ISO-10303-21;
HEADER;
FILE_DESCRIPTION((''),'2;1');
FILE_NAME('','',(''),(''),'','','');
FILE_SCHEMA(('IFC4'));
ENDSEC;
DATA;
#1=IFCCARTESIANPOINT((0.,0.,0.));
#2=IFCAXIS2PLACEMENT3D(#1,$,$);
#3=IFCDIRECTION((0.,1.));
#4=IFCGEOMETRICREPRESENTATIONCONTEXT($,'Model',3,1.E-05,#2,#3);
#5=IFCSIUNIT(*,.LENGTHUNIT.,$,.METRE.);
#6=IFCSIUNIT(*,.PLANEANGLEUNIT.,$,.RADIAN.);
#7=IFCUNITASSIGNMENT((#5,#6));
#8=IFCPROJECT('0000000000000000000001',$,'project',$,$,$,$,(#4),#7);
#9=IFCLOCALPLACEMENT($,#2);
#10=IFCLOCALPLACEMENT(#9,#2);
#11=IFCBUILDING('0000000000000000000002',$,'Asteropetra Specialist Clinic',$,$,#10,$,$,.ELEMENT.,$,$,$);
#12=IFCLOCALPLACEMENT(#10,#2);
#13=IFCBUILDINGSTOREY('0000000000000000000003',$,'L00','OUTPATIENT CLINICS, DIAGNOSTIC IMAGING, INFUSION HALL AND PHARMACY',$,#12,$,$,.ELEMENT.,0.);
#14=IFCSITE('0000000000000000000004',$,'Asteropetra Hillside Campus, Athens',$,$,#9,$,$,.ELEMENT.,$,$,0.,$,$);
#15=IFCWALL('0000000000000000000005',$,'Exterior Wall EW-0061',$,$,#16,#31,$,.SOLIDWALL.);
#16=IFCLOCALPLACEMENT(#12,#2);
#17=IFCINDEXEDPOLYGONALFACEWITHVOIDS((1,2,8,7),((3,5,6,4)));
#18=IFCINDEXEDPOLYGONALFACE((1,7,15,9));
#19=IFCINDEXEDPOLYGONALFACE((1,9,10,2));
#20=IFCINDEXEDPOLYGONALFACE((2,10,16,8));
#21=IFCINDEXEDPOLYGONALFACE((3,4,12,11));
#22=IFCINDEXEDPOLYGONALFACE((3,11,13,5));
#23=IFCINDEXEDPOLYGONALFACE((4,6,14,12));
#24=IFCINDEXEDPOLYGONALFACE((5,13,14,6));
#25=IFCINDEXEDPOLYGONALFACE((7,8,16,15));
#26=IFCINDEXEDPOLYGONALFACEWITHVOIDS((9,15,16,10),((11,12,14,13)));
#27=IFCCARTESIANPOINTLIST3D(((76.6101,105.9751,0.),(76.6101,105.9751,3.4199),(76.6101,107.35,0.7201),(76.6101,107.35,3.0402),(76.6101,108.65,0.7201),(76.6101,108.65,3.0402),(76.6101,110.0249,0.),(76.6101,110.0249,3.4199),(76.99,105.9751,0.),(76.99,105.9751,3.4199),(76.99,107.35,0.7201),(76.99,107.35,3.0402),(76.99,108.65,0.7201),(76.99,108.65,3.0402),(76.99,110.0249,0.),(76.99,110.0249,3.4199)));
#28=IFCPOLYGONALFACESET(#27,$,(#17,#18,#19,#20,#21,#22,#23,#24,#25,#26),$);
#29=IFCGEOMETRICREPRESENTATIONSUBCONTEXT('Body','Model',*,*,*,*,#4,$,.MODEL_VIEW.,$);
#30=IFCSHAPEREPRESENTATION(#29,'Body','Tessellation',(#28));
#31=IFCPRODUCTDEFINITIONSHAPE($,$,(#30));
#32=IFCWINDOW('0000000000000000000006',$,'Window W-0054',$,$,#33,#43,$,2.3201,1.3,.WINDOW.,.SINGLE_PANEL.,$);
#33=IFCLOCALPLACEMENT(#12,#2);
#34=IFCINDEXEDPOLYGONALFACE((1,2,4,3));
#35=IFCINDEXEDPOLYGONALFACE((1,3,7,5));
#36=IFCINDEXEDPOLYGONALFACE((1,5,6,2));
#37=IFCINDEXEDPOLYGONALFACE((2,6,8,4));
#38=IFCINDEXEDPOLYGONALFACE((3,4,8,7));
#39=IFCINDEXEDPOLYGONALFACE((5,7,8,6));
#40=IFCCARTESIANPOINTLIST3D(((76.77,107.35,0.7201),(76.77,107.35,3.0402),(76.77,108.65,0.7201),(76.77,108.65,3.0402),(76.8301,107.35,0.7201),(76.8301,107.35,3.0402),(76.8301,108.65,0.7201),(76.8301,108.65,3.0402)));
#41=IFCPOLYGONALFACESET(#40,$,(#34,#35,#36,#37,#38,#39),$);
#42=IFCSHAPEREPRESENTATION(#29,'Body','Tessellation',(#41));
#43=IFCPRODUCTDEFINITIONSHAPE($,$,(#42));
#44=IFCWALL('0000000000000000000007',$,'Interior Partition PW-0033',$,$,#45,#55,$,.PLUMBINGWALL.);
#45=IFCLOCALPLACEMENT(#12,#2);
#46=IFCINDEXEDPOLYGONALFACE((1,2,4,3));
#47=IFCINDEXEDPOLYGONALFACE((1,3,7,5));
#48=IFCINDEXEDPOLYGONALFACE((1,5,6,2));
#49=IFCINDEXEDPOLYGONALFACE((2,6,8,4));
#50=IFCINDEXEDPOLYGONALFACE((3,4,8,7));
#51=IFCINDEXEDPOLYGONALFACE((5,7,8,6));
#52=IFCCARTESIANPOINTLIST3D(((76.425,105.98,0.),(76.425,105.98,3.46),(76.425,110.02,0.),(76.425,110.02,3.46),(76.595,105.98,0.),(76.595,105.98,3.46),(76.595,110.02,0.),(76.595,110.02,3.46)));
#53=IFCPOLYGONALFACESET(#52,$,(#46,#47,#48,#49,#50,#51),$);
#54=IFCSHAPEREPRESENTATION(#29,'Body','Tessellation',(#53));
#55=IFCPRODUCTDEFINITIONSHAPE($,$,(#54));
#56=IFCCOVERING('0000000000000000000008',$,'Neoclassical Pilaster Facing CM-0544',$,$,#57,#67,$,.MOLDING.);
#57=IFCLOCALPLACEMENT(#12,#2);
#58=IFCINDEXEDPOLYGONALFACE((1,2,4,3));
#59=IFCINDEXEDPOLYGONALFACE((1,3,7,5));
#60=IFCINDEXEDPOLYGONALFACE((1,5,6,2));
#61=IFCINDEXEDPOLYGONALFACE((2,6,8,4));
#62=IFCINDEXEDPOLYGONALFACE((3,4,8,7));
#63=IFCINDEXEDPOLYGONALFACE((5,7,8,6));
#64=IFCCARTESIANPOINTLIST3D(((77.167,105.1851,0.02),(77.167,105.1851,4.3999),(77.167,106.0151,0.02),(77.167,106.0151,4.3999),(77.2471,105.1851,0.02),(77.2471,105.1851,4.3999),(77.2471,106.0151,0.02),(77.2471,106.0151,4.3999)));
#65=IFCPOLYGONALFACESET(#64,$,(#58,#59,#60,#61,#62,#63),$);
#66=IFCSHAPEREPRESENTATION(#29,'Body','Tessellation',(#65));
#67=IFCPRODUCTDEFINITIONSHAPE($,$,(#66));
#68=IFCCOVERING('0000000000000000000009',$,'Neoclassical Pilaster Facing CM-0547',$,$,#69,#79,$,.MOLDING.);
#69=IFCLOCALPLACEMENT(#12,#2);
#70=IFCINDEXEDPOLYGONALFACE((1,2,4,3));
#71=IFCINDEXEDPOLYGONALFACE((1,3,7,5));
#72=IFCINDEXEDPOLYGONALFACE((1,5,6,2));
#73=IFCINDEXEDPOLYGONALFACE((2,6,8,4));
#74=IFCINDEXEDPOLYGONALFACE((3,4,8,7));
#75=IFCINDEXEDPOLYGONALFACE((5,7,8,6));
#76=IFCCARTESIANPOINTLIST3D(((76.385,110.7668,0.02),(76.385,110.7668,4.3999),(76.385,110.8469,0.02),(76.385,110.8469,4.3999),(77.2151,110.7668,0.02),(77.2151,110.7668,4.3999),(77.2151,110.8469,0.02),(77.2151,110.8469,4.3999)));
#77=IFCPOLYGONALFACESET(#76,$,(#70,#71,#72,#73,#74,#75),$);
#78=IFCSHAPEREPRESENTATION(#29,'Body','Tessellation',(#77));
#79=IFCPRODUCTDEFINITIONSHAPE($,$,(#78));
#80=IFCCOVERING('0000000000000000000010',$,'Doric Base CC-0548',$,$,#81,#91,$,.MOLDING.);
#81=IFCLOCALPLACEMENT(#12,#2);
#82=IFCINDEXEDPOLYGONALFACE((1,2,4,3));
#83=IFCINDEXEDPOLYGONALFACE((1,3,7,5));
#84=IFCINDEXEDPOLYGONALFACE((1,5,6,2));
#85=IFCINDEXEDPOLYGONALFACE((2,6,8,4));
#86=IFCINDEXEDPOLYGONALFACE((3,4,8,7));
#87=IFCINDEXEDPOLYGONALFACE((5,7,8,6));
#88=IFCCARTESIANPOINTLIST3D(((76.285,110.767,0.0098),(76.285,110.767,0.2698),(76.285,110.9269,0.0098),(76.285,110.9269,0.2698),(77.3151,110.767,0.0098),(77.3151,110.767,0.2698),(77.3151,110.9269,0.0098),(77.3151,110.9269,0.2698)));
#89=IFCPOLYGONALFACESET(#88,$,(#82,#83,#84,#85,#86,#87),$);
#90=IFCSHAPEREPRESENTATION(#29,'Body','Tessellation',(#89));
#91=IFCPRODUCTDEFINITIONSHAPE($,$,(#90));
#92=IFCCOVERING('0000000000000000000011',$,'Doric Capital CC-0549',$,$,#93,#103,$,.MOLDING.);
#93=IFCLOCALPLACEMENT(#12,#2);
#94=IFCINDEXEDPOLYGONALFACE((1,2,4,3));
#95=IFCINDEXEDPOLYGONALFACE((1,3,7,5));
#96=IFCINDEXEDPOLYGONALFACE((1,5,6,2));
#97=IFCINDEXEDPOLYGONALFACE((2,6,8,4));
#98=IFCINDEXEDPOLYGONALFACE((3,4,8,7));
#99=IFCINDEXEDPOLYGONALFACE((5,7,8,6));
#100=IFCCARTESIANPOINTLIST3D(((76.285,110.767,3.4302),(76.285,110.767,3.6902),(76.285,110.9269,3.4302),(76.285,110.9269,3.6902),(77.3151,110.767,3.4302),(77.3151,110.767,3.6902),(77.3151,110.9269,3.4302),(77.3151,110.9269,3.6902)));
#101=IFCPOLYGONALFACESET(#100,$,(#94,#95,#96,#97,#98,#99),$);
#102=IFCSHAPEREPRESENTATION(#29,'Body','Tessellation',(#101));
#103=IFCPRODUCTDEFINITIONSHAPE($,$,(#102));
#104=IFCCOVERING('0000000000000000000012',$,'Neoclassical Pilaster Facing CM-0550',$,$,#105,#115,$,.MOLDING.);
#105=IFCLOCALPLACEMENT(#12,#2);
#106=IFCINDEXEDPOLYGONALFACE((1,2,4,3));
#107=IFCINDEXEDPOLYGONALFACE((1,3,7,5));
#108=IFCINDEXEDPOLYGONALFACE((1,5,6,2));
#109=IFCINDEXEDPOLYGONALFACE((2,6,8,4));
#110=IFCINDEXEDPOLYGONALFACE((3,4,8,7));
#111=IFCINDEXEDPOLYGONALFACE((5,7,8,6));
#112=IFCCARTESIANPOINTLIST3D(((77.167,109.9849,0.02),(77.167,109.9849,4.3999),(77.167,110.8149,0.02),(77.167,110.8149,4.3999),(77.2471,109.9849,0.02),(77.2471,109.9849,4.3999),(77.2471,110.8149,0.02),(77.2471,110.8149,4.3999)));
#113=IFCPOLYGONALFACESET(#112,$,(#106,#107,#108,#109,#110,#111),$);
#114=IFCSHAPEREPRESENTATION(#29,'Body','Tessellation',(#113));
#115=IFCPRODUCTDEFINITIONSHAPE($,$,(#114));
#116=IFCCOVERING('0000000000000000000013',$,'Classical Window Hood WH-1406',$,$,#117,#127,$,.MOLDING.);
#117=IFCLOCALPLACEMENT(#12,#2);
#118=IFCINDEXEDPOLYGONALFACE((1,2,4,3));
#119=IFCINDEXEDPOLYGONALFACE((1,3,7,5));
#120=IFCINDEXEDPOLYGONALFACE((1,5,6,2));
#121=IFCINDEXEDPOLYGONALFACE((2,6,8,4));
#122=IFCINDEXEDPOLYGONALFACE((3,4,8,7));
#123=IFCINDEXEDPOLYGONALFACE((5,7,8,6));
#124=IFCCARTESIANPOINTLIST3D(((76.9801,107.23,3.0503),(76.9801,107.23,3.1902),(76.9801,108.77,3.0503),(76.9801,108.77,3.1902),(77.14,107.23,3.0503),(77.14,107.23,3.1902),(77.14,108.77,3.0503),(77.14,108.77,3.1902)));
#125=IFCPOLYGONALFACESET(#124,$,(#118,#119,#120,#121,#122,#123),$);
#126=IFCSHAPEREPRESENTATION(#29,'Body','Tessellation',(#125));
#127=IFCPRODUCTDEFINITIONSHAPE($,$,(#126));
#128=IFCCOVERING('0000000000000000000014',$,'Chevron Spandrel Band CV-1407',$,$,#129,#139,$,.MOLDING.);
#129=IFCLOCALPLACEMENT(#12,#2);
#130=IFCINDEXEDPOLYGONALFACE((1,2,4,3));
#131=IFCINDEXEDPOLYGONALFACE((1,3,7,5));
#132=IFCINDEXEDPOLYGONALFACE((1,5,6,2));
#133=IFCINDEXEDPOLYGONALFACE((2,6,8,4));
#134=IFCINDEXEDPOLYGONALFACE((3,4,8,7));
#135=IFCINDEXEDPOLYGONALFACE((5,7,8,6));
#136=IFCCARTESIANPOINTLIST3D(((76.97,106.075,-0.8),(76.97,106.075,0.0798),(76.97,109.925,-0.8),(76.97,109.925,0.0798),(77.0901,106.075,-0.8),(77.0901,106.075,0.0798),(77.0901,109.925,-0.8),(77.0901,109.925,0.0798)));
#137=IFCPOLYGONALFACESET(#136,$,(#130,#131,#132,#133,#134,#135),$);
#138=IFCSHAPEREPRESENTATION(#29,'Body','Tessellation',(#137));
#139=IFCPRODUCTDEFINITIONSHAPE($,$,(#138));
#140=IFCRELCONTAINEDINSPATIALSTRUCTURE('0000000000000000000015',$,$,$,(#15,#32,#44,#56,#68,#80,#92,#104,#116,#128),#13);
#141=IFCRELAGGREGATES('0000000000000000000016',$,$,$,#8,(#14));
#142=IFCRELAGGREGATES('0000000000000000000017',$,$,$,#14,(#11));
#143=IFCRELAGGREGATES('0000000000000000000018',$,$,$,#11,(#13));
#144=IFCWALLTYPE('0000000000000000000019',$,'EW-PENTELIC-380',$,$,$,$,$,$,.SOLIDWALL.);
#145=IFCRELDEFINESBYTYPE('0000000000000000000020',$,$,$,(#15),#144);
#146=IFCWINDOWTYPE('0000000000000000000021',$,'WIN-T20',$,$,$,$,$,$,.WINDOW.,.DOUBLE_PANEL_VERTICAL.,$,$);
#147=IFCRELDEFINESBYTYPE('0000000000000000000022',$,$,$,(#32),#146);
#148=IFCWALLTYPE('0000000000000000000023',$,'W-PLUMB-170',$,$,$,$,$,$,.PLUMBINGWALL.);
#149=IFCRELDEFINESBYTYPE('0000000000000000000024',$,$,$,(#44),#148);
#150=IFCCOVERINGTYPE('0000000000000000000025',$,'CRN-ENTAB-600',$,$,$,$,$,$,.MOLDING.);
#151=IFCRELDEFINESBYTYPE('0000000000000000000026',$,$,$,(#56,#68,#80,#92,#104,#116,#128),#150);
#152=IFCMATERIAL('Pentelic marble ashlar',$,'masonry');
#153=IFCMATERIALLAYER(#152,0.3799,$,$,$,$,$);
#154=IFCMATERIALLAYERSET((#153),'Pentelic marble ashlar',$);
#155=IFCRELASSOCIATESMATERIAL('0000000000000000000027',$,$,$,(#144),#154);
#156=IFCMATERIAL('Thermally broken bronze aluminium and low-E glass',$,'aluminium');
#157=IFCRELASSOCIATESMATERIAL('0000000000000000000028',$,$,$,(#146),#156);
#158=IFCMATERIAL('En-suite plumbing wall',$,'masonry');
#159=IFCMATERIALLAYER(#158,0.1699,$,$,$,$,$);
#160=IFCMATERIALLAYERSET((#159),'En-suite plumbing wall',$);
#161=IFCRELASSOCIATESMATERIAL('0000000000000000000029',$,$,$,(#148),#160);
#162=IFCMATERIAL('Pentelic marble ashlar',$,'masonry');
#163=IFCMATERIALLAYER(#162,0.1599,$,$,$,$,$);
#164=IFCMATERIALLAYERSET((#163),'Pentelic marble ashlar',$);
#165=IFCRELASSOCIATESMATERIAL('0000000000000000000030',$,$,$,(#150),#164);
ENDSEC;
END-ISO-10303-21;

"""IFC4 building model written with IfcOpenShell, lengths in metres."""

from ifc_helpers import new_model, si_unit, direction, frame, frame_2d, origin, origin_2d, place, context, subcontext, project, spatial, rectangle, extrude, material, layer, layer_set, type_object, element, fill, save


model = new_model("IFC4")

# Units and contexts
model_context = context("Model", 3, precision=1e-05, world=origin(), true_north=direction((0.0, 1.0)))
body_context = subcontext(model_context, "Body", "Model", "MODEL_VIEW")
ifc_project = project(units=[si_unit("LENGTHUNIT", "METRE"), si_unit("PLANEANGLEUNIT", "RADIAN")], contexts=[model_context])

# Site, building, storey
site_placement = place(None, origin())
site = spatial("IfcSite", under=ifc_project, at=site_placement, Name="Asteropetra Hillside Campus, Athens", CompositionType="ELEMENT", RefElevation=0.0)
building_placement = place(site_placement, origin())
building = spatial("IfcBuilding", under=site, at=building_placement, Name="Asteropetra Specialist Clinic", CompositionType="ELEMENT")
storey_placement = place(building_placement, origin())
storey = spatial("IfcBuildingStorey", under=building, at=storey_placement, Name="L00", Description="OUTPATIENT CLINICS, DIAGNOSTIC IMAGING, INFUSION HALL AND PHARMACY", CompositionType="ELEMENT", Elevation=0.0)

# Shared definitions
ifc_material_1 = material(Name="Pentelic marble ashlar", Category="masonry")
ifc_layer_1 = layer(ifc_material_1, 0.3799)
ifc_layer_set_1 = layer_set([ifc_layer_1], Name="Pentelic marble ashlar")
wall_type_1 = type_object("IfcWallType", Name="EW-PENTELIC-380", PredefinedType="SOLIDWALL", material=ifc_layer_set_1)
ifc_material_2 = material(Name="Thermally broken bronze aluminium and low-E glass", Category="aluminium")
window_type = type_object("IfcWindowType", Name="WIN-T20", PartitioningType="DOUBLE_PANEL_VERTICAL", PredefinedType="WINDOW", material=ifc_material_2)

# Wall, opening, window
wall_1_placement = place(storey_placement, frame((76.8, 105.9751, 0.0), z_axis=(0.0, 0.0, 1.0), x_axis=(0.0, 1.0, 0.0)))
wall_1 = element("IfcWall", 1, at=wall_1_placement, inside=storey, type_object=wall_type_1, Name="Exterior Wall EW-0061", PredefinedType="SOLIDWALL", context=body_context, shape_type="SweptSolid", body=[
    extrude(rectangle(XDim=4.0498, YDim=0.3799, at=frame_2d((2.0249, 0.0))), origin(), (0.0, 0.0, 1.0), 3.4199),
])
opening_1_placement = place(wall_1_placement, frame((1.375, 0.0, 0.72)))
opening_1 = element("IfcOpeningElement", 2, at=opening_1_placement, cuts=wall_1, PredefinedType="OPENING", context=body_context, shape_type="SweptSolid", body=[
    extrude(rectangle(XDim=1.3, YDim=2.3201, at=frame_2d((0.6499, 1.1602))), frame((0.0, 0.2, 0.0), z_axis=(0.0, -1.0, 0.0), x_axis=(1.0, 0.0, 0.0)), (0.0, 0.0, 1.0), 0.3999),
])
window_1_placement = place(opening_1_placement, origin())
window_1 = element("IfcWindow", 3, at=window_1_placement, inside=storey, type_object=window_type, Name="Window W-0054", OverallHeight=2.3201, OverallWidth=1.3, PartitioningType="SINGLE_PANEL", PredefinedType="WINDOW", context=body_context, shape_type="SweptSolid", body=[
    extrude(rectangle(XDim=1.3, YDim=2.3201, at=frame_2d((0.6499, 1.1602))), frame((0.0, 0.03, 0.0), z_axis=(0.0, -1.0, 0.0), x_axis=(1.0, 0.0, 0.0)), (0.0, 0.0, 1.0), 0.0601),
])
fill(opening_1, window_1)

# Wall
ifc_material_3 = material(Name="En-suite plumbing wall", Category="masonry")
ifc_layer_2 = layer(ifc_material_3, 0.1699)
ifc_layer_set_2 = layer_set([ifc_layer_2], Name="En-suite plumbing wall")
wall_type_2 = type_object("IfcWallType", Name="W-PLUMB-170", PredefinedType="PLUMBINGWALL", material=ifc_layer_set_2)
wall_2_placement = place(storey_placement, frame((76.51, 105.98, 0.0), z_axis=(0.0, 0.0, 1.0), x_axis=(0.0, 1.0, 0.0)))
element("IfcWall", 4, at=wall_2_placement, inside=storey, type_object=wall_type_2, Name="Interior Partition PW-0033", PredefinedType="PLUMBINGWALL", context=body_context, shape_type="SweptSolid", body=[
    extrude(rectangle(XDim=4.04, YDim=0.1699, at=frame_2d((2.02, 0.0))), origin(), (0.0, 0.0, 1.0), 3.46),
])

# Coverings
ifc_material_4 = material(Name="Pentelic marble ashlar", Category="masonry")
ifc_layer_3 = layer(ifc_material_4, 0.1599)
ifc_layer_set_3 = layer_set([ifc_layer_3], Name="Pentelic marble ashlar")
covering_type = type_object("IfcCoveringType", Name="CRN-ENTAB-600", PredefinedType="MOLDING", material=ifc_layer_set_3)
covering_1_placement = place(storey_placement, frame((77.207, 105.6001, 0.02), z_axis=(0.0, 0.0, 1.0), x_axis=(1.0, 0.0, 0.0)))
element("IfcCovering", 5, at=covering_1_placement, inside=storey, type_object=covering_type, Name="Neoclassical Pilaster Facing CM-0544", PredefinedType="MOLDING", context=body_context, shape_type="SweptSolid", body=[
    extrude(rectangle(XDim=0.0801, YDim=0.8301, at=origin_2d()), origin(), (0.0, 0.0, 1.0), 4.3799),
])
covering_2_placement = place(storey_placement, frame((76.8, 110.8069, 0.02), z_axis=(0.0, 0.0, 1.0), x_axis=(1.0, 0.0, 0.0)))
element("IfcCovering", 6, at=covering_2_placement, inside=storey, type_object=covering_type, Name="Neoclassical Pilaster Facing CM-0547", PredefinedType="MOLDING", context=body_context, shape_type="SweptSolid", body=[
    extrude(rectangle(XDim=0.8301, YDim=0.0801, at=origin_2d()), origin(), (0.0, 0.0, 1.0), 4.3799),
])
for number, where, z_axis, x_axis, name in (
    (7, (76.8, 110.8469, 0.0098), (0.0, 0.0, 1.0), (1.0, 0.0, 0.0), "Doric Base CC-0548"),
    (8, (76.8, 110.8469, 3.4302), (0.0, 0.0, 1.0), (1.0, 0.0, 0.0), "Doric Capital CC-0549"),
):
    element("IfcCovering", number, at=place(storey_placement, frame(where, z_axis=z_axis, x_axis=x_axis)), inside=storey, type_object=covering_type, Name=name, PredefinedType="MOLDING", context=body_context, shape_type="SweptSolid", body=[
        extrude(rectangle(XDim=1.03, YDim=0.1599, at=origin_2d()), origin(), (0.0, 0.0, 1.0), 0.26),
    ])
covering_3_placement = place(storey_placement, frame((77.207, 110.3999, 0.02), z_axis=(0.0, 0.0, 1.0), x_axis=(1.0, 0.0, 0.0)))
element("IfcCovering", 9, at=covering_3_placement, inside=storey, type_object=covering_type, Name="Neoclassical Pilaster Facing CM-0550", PredefinedType="MOLDING", context=body_context, shape_type="SweptSolid", body=[
    extrude(rectangle(XDim=0.0801, YDim=0.8301, at=origin_2d()), origin(), (0.0, 0.0, 1.0), 4.3799),
])
covering_4_placement = place(storey_placement, frame((77.0601, 108.0, 3.0503), z_axis=(0.0, 0.0, 1.0), x_axis=(1.0, 0.0, 0.0)))
element("IfcCovering", 10, at=covering_4_placement, inside=storey, type_object=covering_type, Name="Classical Window Hood WH-1406", PredefinedType="MOLDING", context=body_context, shape_type="SweptSolid", body=[
    extrude(rectangle(XDim=0.1599, YDim=1.54, at=origin_2d()), origin(), (0.0, 0.0, 1.0), 0.1399),
])
covering_5_placement = place(storey_placement, frame((77.03, 108.0, -0.8), z_axis=(0.0, 0.0, 1.0), x_axis=(1.0, 0.0, 0.0)))
element("IfcCovering", 11, at=covering_5_placement, inside=storey, type_object=covering_type, Name="Chevron Spandrel Band CV-1407", PredefinedType="MOLDING", context=body_context, shape_type="SweptSolid", body=[
    extrude(rectangle(XDim=0.1201, YDim=3.8501, at=origin_2d()), origin(), (0.0, 0.0, 1.0), 0.8799),
])

save(model, "model.ifc")
